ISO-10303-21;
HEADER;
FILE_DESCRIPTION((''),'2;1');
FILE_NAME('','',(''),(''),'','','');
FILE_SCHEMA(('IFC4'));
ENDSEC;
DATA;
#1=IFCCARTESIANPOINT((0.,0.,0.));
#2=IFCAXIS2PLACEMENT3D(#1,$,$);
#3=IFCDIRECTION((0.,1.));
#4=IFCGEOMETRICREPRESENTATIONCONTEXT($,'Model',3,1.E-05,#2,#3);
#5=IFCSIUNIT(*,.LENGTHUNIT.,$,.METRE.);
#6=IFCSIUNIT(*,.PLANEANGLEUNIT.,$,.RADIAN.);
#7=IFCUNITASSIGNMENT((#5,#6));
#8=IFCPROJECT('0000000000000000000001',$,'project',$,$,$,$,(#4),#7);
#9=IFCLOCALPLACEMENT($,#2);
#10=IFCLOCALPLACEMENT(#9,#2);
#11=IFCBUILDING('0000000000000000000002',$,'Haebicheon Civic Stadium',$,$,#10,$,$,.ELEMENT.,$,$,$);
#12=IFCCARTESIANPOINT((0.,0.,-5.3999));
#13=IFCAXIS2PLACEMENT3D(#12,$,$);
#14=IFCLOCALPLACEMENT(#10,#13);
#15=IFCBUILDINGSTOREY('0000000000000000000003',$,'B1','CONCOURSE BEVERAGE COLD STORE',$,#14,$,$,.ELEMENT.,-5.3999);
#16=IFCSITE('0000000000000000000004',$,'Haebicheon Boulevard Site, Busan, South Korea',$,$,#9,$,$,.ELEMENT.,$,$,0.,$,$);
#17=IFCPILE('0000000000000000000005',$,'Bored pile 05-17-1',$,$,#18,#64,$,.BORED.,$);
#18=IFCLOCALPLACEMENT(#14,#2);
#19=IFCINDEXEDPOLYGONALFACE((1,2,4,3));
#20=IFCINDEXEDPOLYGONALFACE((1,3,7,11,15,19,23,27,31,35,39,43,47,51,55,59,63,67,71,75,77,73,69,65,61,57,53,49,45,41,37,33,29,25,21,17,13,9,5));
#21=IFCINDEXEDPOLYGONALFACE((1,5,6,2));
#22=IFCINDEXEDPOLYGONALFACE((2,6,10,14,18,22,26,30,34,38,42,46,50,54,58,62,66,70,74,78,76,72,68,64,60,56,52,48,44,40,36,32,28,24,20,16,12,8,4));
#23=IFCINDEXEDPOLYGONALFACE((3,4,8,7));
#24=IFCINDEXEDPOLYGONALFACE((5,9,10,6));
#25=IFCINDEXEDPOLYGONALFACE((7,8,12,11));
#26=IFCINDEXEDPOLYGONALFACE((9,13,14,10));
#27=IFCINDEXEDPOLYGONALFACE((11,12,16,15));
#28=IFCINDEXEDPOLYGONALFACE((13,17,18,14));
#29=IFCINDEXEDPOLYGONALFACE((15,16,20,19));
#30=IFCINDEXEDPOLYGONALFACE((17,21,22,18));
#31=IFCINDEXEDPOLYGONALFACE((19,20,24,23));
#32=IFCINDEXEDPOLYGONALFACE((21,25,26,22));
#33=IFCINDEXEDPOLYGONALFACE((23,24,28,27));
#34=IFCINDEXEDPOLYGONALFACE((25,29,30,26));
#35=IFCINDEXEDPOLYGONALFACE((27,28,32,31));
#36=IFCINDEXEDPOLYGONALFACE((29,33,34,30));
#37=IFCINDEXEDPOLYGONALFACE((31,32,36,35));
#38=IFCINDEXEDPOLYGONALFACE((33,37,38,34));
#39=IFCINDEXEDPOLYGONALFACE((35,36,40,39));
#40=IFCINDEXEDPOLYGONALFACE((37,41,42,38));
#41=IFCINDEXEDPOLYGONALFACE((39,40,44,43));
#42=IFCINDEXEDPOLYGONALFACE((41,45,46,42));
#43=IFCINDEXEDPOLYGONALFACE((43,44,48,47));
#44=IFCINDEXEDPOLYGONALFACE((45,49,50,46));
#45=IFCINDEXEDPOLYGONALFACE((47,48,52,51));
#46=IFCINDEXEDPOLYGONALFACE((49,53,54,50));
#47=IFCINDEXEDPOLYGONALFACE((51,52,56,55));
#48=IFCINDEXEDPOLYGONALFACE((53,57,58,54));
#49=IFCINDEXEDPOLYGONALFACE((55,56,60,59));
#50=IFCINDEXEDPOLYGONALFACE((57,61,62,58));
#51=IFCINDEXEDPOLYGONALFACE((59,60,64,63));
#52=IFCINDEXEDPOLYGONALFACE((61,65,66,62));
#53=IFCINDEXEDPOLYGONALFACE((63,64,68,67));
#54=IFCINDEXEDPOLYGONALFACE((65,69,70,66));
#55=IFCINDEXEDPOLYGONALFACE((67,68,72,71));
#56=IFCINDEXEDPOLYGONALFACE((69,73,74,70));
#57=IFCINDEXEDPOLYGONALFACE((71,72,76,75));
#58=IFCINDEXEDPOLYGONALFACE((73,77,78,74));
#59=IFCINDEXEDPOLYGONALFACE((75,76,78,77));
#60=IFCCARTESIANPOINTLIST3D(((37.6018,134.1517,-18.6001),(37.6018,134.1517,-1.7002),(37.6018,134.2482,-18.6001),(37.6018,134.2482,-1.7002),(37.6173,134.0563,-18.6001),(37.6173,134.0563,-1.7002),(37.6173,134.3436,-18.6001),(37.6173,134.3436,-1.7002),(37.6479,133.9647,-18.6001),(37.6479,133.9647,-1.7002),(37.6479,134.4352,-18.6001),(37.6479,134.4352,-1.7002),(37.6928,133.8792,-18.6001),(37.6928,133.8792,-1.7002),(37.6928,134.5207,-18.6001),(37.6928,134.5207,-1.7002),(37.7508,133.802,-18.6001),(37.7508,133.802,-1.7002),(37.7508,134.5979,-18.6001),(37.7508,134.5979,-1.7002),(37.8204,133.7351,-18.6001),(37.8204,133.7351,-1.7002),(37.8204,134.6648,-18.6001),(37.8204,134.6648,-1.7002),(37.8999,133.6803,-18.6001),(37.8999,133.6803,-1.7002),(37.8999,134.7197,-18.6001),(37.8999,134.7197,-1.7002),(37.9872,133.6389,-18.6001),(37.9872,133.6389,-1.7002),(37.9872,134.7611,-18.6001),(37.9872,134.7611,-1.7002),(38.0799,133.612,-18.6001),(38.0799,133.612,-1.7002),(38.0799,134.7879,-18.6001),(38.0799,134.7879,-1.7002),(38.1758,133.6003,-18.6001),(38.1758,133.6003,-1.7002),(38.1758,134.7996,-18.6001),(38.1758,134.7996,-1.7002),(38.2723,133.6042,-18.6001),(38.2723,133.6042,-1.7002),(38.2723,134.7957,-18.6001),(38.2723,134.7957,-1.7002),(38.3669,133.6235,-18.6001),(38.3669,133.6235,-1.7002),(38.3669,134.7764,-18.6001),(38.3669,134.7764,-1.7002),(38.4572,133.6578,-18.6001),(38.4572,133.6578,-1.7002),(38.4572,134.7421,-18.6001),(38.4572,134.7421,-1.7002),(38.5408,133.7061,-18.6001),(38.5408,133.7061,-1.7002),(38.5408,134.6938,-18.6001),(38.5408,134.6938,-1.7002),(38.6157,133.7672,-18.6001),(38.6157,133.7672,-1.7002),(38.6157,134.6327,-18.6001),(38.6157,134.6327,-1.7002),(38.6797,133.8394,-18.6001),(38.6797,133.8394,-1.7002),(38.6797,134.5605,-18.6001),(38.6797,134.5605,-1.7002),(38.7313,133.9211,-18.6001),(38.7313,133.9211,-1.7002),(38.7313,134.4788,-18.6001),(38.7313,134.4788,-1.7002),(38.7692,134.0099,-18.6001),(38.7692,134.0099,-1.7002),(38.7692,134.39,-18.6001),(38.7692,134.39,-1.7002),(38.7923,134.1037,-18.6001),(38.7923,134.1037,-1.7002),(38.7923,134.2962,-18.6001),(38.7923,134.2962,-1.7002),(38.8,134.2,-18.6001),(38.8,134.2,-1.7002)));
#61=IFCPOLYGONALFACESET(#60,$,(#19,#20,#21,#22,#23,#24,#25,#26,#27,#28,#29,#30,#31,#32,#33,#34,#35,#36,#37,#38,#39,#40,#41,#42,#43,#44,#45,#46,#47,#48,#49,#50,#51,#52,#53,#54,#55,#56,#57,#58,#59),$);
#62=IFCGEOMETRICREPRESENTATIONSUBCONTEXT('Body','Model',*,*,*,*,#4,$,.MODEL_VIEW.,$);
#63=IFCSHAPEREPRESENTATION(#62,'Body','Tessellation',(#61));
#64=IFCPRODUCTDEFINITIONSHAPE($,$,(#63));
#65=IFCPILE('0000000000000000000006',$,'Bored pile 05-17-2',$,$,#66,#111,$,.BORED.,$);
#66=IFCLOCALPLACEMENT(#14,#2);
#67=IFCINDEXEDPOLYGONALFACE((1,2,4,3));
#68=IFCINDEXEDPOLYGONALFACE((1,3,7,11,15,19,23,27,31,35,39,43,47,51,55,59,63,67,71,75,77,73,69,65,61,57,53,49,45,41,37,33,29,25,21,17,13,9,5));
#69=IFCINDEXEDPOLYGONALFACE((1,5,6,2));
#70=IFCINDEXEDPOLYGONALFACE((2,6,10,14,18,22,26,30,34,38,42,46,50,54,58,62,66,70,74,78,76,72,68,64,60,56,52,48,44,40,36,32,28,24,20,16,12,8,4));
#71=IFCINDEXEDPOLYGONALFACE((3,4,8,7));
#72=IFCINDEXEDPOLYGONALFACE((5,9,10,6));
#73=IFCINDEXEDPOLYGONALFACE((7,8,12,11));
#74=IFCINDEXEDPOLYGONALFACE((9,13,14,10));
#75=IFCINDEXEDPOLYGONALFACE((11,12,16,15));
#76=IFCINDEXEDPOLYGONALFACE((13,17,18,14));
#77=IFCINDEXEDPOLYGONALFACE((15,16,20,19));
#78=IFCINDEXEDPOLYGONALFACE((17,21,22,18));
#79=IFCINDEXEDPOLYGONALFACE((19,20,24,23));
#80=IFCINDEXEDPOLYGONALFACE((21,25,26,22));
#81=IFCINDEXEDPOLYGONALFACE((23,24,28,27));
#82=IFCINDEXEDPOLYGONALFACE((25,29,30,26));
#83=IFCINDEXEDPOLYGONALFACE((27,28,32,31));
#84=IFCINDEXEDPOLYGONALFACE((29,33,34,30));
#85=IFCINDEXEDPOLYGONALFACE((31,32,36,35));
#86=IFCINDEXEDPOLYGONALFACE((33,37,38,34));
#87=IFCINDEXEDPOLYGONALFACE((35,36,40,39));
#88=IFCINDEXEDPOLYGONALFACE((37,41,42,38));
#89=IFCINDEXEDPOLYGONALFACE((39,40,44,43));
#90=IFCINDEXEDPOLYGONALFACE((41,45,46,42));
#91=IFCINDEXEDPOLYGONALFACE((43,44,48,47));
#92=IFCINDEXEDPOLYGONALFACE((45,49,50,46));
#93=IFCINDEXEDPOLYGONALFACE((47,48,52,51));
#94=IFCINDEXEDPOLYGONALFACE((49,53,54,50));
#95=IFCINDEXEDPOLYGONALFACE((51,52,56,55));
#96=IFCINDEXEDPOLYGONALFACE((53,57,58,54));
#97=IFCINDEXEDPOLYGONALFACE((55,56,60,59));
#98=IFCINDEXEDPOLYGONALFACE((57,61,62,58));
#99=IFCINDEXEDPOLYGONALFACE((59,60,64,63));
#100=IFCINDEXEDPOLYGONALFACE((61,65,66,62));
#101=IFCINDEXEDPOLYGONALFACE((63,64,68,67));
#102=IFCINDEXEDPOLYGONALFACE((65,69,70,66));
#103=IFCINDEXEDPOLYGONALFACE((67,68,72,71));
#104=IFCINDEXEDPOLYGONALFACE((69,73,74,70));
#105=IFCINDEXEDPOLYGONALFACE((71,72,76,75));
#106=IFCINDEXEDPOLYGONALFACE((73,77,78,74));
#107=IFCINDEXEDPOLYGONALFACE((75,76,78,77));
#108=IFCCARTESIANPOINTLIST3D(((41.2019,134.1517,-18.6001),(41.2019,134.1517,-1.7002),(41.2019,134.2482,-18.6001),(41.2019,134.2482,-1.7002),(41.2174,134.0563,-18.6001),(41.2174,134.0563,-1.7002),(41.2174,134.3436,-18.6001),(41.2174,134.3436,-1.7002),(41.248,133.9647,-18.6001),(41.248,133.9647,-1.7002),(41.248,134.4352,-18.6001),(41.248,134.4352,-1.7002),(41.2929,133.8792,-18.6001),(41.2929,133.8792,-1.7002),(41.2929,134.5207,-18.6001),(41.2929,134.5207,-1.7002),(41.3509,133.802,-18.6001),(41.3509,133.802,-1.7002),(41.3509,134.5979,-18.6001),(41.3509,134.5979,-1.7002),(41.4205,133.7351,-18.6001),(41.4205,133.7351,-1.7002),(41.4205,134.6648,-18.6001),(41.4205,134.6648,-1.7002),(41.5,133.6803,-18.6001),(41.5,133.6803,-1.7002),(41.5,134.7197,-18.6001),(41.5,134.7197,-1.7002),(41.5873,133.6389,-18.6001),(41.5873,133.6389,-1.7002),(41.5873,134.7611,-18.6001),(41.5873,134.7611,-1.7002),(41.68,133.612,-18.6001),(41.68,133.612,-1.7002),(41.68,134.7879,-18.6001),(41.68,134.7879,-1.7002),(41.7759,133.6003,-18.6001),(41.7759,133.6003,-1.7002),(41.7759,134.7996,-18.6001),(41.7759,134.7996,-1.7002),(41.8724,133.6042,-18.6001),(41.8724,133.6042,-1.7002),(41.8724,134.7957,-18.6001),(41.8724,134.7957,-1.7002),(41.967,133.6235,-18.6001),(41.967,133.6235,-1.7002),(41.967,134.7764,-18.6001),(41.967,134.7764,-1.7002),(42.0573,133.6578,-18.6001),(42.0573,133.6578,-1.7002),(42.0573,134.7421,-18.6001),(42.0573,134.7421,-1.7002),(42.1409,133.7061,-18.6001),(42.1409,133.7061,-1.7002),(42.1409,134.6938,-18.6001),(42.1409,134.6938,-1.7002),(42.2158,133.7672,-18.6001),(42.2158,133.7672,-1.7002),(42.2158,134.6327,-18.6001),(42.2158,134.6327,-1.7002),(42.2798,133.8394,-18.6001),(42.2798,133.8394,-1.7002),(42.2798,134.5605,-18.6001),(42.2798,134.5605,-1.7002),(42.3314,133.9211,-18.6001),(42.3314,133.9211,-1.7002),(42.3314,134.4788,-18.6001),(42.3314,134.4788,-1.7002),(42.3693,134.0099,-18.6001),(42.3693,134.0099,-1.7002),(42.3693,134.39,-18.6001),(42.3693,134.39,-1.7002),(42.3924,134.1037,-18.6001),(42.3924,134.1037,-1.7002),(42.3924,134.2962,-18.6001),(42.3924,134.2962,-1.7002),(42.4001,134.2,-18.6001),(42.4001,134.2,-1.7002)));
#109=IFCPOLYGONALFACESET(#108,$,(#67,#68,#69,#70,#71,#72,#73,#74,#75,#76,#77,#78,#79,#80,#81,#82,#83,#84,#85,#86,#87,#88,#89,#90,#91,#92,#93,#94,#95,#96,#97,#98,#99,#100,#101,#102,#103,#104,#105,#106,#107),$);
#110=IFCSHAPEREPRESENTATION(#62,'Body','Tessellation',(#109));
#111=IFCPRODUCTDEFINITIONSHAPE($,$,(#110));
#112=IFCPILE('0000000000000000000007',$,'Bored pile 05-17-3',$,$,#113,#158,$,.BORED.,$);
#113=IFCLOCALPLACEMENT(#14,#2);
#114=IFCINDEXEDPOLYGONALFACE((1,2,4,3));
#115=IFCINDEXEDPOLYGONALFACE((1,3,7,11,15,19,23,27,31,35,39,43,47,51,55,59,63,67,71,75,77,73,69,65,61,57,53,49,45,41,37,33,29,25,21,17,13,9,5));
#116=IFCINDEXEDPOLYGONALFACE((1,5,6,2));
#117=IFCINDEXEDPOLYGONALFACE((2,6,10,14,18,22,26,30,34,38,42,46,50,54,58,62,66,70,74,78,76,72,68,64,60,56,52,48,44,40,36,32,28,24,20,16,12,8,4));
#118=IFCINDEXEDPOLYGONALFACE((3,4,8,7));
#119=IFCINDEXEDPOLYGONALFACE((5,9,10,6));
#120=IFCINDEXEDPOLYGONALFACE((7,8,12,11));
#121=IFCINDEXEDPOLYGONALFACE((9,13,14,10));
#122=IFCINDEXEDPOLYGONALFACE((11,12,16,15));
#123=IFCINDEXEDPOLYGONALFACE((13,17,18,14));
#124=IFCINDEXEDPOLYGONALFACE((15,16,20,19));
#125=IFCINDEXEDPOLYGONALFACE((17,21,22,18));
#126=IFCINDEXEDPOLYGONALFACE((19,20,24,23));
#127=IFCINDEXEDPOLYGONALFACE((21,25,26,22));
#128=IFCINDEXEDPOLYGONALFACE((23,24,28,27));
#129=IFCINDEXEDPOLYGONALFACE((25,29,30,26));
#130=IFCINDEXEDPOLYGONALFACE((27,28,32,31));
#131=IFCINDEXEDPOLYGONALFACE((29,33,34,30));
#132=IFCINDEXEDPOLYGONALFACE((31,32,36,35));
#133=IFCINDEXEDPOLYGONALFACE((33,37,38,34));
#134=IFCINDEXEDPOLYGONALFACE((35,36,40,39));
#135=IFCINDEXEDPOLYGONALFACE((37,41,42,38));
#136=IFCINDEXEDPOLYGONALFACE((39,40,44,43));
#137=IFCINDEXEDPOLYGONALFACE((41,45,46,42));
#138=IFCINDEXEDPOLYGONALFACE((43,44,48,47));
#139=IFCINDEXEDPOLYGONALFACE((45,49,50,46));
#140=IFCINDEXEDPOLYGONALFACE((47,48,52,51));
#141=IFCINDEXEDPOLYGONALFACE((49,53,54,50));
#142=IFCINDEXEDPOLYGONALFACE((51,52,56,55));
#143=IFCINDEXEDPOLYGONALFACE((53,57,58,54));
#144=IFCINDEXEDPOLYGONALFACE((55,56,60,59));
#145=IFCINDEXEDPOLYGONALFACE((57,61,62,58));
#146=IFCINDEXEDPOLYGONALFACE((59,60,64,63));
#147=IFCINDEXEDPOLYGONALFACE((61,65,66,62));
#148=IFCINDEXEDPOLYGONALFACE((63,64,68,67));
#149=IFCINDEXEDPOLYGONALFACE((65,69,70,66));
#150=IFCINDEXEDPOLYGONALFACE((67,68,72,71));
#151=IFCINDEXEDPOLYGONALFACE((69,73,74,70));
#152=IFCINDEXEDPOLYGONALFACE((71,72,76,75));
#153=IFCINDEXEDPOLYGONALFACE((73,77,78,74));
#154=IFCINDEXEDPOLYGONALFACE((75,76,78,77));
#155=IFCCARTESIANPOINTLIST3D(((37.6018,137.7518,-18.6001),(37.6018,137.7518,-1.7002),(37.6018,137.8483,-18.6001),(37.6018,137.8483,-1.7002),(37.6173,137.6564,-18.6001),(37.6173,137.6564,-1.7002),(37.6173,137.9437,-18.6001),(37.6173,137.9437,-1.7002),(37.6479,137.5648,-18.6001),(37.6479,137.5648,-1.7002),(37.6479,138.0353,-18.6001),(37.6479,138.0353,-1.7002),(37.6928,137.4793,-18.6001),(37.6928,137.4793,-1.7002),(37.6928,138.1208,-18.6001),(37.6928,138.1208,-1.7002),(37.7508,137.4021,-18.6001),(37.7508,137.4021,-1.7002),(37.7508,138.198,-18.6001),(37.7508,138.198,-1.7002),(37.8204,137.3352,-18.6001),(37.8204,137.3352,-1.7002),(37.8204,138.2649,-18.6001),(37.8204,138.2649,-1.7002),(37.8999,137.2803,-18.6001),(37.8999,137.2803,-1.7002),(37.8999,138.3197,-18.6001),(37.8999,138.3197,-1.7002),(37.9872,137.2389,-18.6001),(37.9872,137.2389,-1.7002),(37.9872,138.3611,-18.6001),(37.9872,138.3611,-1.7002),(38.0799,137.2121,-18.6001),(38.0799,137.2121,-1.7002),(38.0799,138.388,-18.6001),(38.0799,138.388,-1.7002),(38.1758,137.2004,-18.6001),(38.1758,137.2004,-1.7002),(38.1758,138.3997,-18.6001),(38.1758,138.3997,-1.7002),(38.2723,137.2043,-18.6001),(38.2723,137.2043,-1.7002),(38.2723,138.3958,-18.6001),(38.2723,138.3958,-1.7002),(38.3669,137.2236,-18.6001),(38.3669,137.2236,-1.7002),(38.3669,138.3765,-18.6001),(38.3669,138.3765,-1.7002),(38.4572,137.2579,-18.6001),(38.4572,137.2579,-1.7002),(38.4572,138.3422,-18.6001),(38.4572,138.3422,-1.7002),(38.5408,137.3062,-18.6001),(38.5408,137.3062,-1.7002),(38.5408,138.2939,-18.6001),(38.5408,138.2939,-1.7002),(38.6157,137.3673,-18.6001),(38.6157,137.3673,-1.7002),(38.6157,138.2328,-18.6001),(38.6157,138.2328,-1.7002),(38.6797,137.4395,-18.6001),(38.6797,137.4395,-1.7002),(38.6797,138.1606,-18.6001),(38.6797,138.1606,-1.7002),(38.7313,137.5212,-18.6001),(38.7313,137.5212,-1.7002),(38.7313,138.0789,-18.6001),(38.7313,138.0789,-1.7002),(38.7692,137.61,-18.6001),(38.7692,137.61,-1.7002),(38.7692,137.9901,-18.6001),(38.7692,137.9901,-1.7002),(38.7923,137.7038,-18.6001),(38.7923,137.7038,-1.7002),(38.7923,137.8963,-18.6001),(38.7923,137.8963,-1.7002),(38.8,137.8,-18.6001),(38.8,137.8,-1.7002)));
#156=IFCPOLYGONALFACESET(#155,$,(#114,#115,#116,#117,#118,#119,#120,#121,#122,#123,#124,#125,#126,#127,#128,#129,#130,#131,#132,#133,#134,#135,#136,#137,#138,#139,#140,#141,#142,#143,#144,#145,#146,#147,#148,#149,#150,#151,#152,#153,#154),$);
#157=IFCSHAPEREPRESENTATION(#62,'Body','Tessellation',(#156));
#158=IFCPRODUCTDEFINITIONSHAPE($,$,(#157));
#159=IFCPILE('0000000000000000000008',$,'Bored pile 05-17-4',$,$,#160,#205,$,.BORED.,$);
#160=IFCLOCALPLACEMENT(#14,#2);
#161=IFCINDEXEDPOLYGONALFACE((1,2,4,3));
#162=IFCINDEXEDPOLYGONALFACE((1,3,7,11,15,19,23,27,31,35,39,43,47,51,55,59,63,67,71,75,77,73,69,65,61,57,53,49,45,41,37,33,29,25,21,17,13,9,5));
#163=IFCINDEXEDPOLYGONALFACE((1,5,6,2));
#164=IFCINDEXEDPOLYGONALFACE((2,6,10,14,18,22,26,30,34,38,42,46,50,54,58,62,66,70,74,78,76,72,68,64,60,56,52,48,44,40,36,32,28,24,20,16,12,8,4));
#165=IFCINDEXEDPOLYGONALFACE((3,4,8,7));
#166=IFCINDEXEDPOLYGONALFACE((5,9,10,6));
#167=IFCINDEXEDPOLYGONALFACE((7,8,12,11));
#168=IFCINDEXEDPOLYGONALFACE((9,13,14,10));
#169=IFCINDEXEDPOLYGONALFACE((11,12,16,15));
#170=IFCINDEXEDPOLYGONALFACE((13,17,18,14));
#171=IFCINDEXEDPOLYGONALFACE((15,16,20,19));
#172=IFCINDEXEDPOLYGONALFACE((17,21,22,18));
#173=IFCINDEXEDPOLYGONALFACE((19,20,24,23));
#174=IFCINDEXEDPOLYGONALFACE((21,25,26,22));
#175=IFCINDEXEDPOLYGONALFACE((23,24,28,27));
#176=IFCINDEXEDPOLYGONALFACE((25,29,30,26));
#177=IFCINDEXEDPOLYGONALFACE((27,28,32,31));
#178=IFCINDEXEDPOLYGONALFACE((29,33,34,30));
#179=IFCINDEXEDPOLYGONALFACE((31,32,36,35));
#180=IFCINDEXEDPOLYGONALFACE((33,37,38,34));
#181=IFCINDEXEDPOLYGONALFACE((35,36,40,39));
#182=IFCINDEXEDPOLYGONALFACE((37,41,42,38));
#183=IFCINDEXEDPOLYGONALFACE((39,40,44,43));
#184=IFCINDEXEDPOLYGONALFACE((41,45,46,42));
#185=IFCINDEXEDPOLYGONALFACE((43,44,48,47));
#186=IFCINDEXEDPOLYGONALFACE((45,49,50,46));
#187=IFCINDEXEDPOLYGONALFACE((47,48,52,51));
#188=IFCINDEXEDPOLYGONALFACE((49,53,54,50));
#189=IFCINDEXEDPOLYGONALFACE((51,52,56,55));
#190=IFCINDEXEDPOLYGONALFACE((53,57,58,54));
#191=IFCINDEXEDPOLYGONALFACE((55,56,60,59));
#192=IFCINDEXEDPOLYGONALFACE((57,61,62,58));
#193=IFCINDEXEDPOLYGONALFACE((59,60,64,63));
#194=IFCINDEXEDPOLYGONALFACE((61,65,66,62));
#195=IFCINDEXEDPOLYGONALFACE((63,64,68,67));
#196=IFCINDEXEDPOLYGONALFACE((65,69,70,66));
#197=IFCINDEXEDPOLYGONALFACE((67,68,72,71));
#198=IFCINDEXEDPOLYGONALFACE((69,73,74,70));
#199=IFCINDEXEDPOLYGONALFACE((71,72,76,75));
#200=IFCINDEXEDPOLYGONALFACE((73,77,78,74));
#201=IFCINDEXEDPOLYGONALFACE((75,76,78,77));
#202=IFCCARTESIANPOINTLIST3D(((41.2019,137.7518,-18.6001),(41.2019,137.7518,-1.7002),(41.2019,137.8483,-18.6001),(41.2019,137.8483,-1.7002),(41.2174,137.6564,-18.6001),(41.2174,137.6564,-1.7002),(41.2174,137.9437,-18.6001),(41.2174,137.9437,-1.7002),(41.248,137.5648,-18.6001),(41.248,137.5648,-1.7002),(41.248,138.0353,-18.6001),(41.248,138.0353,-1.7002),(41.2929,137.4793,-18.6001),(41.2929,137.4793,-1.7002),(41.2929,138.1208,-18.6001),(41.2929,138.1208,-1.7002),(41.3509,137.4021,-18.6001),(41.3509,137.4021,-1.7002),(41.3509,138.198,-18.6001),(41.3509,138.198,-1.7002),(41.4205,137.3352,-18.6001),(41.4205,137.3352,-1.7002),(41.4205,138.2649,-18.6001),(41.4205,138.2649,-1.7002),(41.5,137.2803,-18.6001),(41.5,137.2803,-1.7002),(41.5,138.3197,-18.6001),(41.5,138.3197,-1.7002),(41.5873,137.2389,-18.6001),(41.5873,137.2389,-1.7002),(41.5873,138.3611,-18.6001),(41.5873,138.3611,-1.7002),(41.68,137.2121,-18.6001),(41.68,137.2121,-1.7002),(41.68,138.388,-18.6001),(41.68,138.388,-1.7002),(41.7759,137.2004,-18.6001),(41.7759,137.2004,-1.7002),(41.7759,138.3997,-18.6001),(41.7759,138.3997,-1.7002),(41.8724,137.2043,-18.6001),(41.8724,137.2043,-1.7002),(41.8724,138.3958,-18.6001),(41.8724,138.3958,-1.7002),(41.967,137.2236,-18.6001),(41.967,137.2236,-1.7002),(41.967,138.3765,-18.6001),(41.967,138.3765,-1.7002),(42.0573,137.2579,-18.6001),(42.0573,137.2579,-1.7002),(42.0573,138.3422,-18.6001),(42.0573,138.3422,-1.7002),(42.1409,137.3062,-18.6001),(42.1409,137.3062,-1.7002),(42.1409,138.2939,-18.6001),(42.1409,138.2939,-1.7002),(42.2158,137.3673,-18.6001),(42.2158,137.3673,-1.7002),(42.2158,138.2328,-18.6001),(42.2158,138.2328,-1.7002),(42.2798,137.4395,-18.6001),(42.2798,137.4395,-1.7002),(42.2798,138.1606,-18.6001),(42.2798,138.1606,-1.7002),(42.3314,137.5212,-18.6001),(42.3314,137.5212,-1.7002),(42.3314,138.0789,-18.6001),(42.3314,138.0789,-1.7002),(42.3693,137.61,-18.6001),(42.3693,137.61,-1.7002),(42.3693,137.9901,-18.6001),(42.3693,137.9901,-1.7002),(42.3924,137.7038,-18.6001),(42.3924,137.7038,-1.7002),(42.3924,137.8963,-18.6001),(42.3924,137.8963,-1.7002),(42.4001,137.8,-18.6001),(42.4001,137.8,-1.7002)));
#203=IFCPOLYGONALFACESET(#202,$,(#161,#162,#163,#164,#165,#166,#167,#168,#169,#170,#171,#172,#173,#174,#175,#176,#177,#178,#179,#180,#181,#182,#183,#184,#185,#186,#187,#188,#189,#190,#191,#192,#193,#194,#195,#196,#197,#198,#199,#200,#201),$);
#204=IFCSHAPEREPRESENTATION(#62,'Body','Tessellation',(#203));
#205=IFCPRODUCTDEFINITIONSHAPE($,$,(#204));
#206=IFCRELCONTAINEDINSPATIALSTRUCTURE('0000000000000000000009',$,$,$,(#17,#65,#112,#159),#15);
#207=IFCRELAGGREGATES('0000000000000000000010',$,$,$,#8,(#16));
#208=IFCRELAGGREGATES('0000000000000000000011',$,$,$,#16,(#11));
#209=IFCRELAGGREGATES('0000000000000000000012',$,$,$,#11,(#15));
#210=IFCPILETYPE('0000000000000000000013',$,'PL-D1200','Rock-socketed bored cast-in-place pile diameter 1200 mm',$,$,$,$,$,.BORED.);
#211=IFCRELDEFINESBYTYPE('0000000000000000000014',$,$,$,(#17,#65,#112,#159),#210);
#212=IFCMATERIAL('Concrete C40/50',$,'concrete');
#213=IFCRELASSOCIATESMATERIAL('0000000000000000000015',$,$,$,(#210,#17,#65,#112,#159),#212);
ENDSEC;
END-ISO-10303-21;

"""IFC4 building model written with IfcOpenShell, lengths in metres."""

from ifc_helpers import new_model, si_unit, direction, frame, origin, origin_2d, place, context, subcontext, project, spatial, circle, extrude, material, material_profile, profile_set, type_object, element, save


model = new_model("IFC4")

# Units and contexts
model_context = context("Model", 3, precision=1e-05, world=origin(), true_north=direction((0.0, 1.0)))
body_context = subcontext(model_context, "Body", "Model", "MODEL_VIEW")
ifc_project = project(units=[si_unit("LENGTHUNIT", "METRE"), si_unit("PLANEANGLEUNIT", "RADIAN")], contexts=[model_context])

# Site, building, storey
site_placement = place(None, origin())
site = spatial("IfcSite", under=ifc_project, at=site_placement, Name="Haebicheon Boulevard Site, Busan, South Korea", CompositionType="ELEMENT", RefElevation=0.0)
building_placement = place(site_placement, origin())
building = spatial("IfcBuilding", under=site, at=building_placement, Name="Haebicheon Civic Stadium", CompositionType="ELEMENT")
storey_placement = place(building_placement, frame((0.0, 0.0, -5.3999)))
storey = spatial("IfcBuildingStorey", under=building, at=storey_placement, Name="B1", Description="CONCOURSE BEVERAGE COLD STORE", CompositionType="ELEMENT", Elevation=-5.3999)

# Piles
ifc_material_1 = material(Name="Concrete C40/50", Category="concrete")
ifc_material_profile_1 = material_profile(ifc_material_1, circle(Radius=0.6001, at=origin_2d()), Name="PILE-D1200")
ifc_profile_set_1 = profile_set([ifc_material_profile_1], Name="Concrete C40/50")
pile_type_1 = type_object("IfcPileType", Name="PL-D1200", Description="Rock-socketed bored cast-in-place pile diameter 1200 mm", PredefinedType="BORED", material=ifc_profile_set_1)
for number, where, z_axis, x_axis, name in (
    (1, (38.2, 134.2, -1.7002), (0.0, 0.0, -1.0), (1.0, 0.0, 0.0), "Bored pile 05-17-1"),
    (2, (41.8, 134.2, -1.7002), (0.0, 0.0, -1.0), (1.0, 0.0, 0.0), "Bored pile 05-17-2"),
    (3, (38.2, 137.8, -1.7002), (0.0, 0.0, -1.0), (1.0, 0.0, 0.0), "Bored pile 05-17-3"),
    (4, (41.8, 137.8, -1.7002), (0.0, 0.0, -1.0), (1.0, 0.0, 0.0), "Bored pile 05-17-4"),
):
    element("IfcPile", number, at=place(storey_placement, frame(where, z_axis=z_axis, x_axis=x_axis)), inside=storey, type_object=pile_type_1, material=ifc_profile_set_1, Name=name, PredefinedType="BORED", context=body_context, shape_type="SweptSolid", body=[
        extrude(circle(Radius=0.6001, at=origin_2d()), origin(), (0.0, 0.0, 1.0), 16.8999),
    ])

save(model, "model.ifc")
